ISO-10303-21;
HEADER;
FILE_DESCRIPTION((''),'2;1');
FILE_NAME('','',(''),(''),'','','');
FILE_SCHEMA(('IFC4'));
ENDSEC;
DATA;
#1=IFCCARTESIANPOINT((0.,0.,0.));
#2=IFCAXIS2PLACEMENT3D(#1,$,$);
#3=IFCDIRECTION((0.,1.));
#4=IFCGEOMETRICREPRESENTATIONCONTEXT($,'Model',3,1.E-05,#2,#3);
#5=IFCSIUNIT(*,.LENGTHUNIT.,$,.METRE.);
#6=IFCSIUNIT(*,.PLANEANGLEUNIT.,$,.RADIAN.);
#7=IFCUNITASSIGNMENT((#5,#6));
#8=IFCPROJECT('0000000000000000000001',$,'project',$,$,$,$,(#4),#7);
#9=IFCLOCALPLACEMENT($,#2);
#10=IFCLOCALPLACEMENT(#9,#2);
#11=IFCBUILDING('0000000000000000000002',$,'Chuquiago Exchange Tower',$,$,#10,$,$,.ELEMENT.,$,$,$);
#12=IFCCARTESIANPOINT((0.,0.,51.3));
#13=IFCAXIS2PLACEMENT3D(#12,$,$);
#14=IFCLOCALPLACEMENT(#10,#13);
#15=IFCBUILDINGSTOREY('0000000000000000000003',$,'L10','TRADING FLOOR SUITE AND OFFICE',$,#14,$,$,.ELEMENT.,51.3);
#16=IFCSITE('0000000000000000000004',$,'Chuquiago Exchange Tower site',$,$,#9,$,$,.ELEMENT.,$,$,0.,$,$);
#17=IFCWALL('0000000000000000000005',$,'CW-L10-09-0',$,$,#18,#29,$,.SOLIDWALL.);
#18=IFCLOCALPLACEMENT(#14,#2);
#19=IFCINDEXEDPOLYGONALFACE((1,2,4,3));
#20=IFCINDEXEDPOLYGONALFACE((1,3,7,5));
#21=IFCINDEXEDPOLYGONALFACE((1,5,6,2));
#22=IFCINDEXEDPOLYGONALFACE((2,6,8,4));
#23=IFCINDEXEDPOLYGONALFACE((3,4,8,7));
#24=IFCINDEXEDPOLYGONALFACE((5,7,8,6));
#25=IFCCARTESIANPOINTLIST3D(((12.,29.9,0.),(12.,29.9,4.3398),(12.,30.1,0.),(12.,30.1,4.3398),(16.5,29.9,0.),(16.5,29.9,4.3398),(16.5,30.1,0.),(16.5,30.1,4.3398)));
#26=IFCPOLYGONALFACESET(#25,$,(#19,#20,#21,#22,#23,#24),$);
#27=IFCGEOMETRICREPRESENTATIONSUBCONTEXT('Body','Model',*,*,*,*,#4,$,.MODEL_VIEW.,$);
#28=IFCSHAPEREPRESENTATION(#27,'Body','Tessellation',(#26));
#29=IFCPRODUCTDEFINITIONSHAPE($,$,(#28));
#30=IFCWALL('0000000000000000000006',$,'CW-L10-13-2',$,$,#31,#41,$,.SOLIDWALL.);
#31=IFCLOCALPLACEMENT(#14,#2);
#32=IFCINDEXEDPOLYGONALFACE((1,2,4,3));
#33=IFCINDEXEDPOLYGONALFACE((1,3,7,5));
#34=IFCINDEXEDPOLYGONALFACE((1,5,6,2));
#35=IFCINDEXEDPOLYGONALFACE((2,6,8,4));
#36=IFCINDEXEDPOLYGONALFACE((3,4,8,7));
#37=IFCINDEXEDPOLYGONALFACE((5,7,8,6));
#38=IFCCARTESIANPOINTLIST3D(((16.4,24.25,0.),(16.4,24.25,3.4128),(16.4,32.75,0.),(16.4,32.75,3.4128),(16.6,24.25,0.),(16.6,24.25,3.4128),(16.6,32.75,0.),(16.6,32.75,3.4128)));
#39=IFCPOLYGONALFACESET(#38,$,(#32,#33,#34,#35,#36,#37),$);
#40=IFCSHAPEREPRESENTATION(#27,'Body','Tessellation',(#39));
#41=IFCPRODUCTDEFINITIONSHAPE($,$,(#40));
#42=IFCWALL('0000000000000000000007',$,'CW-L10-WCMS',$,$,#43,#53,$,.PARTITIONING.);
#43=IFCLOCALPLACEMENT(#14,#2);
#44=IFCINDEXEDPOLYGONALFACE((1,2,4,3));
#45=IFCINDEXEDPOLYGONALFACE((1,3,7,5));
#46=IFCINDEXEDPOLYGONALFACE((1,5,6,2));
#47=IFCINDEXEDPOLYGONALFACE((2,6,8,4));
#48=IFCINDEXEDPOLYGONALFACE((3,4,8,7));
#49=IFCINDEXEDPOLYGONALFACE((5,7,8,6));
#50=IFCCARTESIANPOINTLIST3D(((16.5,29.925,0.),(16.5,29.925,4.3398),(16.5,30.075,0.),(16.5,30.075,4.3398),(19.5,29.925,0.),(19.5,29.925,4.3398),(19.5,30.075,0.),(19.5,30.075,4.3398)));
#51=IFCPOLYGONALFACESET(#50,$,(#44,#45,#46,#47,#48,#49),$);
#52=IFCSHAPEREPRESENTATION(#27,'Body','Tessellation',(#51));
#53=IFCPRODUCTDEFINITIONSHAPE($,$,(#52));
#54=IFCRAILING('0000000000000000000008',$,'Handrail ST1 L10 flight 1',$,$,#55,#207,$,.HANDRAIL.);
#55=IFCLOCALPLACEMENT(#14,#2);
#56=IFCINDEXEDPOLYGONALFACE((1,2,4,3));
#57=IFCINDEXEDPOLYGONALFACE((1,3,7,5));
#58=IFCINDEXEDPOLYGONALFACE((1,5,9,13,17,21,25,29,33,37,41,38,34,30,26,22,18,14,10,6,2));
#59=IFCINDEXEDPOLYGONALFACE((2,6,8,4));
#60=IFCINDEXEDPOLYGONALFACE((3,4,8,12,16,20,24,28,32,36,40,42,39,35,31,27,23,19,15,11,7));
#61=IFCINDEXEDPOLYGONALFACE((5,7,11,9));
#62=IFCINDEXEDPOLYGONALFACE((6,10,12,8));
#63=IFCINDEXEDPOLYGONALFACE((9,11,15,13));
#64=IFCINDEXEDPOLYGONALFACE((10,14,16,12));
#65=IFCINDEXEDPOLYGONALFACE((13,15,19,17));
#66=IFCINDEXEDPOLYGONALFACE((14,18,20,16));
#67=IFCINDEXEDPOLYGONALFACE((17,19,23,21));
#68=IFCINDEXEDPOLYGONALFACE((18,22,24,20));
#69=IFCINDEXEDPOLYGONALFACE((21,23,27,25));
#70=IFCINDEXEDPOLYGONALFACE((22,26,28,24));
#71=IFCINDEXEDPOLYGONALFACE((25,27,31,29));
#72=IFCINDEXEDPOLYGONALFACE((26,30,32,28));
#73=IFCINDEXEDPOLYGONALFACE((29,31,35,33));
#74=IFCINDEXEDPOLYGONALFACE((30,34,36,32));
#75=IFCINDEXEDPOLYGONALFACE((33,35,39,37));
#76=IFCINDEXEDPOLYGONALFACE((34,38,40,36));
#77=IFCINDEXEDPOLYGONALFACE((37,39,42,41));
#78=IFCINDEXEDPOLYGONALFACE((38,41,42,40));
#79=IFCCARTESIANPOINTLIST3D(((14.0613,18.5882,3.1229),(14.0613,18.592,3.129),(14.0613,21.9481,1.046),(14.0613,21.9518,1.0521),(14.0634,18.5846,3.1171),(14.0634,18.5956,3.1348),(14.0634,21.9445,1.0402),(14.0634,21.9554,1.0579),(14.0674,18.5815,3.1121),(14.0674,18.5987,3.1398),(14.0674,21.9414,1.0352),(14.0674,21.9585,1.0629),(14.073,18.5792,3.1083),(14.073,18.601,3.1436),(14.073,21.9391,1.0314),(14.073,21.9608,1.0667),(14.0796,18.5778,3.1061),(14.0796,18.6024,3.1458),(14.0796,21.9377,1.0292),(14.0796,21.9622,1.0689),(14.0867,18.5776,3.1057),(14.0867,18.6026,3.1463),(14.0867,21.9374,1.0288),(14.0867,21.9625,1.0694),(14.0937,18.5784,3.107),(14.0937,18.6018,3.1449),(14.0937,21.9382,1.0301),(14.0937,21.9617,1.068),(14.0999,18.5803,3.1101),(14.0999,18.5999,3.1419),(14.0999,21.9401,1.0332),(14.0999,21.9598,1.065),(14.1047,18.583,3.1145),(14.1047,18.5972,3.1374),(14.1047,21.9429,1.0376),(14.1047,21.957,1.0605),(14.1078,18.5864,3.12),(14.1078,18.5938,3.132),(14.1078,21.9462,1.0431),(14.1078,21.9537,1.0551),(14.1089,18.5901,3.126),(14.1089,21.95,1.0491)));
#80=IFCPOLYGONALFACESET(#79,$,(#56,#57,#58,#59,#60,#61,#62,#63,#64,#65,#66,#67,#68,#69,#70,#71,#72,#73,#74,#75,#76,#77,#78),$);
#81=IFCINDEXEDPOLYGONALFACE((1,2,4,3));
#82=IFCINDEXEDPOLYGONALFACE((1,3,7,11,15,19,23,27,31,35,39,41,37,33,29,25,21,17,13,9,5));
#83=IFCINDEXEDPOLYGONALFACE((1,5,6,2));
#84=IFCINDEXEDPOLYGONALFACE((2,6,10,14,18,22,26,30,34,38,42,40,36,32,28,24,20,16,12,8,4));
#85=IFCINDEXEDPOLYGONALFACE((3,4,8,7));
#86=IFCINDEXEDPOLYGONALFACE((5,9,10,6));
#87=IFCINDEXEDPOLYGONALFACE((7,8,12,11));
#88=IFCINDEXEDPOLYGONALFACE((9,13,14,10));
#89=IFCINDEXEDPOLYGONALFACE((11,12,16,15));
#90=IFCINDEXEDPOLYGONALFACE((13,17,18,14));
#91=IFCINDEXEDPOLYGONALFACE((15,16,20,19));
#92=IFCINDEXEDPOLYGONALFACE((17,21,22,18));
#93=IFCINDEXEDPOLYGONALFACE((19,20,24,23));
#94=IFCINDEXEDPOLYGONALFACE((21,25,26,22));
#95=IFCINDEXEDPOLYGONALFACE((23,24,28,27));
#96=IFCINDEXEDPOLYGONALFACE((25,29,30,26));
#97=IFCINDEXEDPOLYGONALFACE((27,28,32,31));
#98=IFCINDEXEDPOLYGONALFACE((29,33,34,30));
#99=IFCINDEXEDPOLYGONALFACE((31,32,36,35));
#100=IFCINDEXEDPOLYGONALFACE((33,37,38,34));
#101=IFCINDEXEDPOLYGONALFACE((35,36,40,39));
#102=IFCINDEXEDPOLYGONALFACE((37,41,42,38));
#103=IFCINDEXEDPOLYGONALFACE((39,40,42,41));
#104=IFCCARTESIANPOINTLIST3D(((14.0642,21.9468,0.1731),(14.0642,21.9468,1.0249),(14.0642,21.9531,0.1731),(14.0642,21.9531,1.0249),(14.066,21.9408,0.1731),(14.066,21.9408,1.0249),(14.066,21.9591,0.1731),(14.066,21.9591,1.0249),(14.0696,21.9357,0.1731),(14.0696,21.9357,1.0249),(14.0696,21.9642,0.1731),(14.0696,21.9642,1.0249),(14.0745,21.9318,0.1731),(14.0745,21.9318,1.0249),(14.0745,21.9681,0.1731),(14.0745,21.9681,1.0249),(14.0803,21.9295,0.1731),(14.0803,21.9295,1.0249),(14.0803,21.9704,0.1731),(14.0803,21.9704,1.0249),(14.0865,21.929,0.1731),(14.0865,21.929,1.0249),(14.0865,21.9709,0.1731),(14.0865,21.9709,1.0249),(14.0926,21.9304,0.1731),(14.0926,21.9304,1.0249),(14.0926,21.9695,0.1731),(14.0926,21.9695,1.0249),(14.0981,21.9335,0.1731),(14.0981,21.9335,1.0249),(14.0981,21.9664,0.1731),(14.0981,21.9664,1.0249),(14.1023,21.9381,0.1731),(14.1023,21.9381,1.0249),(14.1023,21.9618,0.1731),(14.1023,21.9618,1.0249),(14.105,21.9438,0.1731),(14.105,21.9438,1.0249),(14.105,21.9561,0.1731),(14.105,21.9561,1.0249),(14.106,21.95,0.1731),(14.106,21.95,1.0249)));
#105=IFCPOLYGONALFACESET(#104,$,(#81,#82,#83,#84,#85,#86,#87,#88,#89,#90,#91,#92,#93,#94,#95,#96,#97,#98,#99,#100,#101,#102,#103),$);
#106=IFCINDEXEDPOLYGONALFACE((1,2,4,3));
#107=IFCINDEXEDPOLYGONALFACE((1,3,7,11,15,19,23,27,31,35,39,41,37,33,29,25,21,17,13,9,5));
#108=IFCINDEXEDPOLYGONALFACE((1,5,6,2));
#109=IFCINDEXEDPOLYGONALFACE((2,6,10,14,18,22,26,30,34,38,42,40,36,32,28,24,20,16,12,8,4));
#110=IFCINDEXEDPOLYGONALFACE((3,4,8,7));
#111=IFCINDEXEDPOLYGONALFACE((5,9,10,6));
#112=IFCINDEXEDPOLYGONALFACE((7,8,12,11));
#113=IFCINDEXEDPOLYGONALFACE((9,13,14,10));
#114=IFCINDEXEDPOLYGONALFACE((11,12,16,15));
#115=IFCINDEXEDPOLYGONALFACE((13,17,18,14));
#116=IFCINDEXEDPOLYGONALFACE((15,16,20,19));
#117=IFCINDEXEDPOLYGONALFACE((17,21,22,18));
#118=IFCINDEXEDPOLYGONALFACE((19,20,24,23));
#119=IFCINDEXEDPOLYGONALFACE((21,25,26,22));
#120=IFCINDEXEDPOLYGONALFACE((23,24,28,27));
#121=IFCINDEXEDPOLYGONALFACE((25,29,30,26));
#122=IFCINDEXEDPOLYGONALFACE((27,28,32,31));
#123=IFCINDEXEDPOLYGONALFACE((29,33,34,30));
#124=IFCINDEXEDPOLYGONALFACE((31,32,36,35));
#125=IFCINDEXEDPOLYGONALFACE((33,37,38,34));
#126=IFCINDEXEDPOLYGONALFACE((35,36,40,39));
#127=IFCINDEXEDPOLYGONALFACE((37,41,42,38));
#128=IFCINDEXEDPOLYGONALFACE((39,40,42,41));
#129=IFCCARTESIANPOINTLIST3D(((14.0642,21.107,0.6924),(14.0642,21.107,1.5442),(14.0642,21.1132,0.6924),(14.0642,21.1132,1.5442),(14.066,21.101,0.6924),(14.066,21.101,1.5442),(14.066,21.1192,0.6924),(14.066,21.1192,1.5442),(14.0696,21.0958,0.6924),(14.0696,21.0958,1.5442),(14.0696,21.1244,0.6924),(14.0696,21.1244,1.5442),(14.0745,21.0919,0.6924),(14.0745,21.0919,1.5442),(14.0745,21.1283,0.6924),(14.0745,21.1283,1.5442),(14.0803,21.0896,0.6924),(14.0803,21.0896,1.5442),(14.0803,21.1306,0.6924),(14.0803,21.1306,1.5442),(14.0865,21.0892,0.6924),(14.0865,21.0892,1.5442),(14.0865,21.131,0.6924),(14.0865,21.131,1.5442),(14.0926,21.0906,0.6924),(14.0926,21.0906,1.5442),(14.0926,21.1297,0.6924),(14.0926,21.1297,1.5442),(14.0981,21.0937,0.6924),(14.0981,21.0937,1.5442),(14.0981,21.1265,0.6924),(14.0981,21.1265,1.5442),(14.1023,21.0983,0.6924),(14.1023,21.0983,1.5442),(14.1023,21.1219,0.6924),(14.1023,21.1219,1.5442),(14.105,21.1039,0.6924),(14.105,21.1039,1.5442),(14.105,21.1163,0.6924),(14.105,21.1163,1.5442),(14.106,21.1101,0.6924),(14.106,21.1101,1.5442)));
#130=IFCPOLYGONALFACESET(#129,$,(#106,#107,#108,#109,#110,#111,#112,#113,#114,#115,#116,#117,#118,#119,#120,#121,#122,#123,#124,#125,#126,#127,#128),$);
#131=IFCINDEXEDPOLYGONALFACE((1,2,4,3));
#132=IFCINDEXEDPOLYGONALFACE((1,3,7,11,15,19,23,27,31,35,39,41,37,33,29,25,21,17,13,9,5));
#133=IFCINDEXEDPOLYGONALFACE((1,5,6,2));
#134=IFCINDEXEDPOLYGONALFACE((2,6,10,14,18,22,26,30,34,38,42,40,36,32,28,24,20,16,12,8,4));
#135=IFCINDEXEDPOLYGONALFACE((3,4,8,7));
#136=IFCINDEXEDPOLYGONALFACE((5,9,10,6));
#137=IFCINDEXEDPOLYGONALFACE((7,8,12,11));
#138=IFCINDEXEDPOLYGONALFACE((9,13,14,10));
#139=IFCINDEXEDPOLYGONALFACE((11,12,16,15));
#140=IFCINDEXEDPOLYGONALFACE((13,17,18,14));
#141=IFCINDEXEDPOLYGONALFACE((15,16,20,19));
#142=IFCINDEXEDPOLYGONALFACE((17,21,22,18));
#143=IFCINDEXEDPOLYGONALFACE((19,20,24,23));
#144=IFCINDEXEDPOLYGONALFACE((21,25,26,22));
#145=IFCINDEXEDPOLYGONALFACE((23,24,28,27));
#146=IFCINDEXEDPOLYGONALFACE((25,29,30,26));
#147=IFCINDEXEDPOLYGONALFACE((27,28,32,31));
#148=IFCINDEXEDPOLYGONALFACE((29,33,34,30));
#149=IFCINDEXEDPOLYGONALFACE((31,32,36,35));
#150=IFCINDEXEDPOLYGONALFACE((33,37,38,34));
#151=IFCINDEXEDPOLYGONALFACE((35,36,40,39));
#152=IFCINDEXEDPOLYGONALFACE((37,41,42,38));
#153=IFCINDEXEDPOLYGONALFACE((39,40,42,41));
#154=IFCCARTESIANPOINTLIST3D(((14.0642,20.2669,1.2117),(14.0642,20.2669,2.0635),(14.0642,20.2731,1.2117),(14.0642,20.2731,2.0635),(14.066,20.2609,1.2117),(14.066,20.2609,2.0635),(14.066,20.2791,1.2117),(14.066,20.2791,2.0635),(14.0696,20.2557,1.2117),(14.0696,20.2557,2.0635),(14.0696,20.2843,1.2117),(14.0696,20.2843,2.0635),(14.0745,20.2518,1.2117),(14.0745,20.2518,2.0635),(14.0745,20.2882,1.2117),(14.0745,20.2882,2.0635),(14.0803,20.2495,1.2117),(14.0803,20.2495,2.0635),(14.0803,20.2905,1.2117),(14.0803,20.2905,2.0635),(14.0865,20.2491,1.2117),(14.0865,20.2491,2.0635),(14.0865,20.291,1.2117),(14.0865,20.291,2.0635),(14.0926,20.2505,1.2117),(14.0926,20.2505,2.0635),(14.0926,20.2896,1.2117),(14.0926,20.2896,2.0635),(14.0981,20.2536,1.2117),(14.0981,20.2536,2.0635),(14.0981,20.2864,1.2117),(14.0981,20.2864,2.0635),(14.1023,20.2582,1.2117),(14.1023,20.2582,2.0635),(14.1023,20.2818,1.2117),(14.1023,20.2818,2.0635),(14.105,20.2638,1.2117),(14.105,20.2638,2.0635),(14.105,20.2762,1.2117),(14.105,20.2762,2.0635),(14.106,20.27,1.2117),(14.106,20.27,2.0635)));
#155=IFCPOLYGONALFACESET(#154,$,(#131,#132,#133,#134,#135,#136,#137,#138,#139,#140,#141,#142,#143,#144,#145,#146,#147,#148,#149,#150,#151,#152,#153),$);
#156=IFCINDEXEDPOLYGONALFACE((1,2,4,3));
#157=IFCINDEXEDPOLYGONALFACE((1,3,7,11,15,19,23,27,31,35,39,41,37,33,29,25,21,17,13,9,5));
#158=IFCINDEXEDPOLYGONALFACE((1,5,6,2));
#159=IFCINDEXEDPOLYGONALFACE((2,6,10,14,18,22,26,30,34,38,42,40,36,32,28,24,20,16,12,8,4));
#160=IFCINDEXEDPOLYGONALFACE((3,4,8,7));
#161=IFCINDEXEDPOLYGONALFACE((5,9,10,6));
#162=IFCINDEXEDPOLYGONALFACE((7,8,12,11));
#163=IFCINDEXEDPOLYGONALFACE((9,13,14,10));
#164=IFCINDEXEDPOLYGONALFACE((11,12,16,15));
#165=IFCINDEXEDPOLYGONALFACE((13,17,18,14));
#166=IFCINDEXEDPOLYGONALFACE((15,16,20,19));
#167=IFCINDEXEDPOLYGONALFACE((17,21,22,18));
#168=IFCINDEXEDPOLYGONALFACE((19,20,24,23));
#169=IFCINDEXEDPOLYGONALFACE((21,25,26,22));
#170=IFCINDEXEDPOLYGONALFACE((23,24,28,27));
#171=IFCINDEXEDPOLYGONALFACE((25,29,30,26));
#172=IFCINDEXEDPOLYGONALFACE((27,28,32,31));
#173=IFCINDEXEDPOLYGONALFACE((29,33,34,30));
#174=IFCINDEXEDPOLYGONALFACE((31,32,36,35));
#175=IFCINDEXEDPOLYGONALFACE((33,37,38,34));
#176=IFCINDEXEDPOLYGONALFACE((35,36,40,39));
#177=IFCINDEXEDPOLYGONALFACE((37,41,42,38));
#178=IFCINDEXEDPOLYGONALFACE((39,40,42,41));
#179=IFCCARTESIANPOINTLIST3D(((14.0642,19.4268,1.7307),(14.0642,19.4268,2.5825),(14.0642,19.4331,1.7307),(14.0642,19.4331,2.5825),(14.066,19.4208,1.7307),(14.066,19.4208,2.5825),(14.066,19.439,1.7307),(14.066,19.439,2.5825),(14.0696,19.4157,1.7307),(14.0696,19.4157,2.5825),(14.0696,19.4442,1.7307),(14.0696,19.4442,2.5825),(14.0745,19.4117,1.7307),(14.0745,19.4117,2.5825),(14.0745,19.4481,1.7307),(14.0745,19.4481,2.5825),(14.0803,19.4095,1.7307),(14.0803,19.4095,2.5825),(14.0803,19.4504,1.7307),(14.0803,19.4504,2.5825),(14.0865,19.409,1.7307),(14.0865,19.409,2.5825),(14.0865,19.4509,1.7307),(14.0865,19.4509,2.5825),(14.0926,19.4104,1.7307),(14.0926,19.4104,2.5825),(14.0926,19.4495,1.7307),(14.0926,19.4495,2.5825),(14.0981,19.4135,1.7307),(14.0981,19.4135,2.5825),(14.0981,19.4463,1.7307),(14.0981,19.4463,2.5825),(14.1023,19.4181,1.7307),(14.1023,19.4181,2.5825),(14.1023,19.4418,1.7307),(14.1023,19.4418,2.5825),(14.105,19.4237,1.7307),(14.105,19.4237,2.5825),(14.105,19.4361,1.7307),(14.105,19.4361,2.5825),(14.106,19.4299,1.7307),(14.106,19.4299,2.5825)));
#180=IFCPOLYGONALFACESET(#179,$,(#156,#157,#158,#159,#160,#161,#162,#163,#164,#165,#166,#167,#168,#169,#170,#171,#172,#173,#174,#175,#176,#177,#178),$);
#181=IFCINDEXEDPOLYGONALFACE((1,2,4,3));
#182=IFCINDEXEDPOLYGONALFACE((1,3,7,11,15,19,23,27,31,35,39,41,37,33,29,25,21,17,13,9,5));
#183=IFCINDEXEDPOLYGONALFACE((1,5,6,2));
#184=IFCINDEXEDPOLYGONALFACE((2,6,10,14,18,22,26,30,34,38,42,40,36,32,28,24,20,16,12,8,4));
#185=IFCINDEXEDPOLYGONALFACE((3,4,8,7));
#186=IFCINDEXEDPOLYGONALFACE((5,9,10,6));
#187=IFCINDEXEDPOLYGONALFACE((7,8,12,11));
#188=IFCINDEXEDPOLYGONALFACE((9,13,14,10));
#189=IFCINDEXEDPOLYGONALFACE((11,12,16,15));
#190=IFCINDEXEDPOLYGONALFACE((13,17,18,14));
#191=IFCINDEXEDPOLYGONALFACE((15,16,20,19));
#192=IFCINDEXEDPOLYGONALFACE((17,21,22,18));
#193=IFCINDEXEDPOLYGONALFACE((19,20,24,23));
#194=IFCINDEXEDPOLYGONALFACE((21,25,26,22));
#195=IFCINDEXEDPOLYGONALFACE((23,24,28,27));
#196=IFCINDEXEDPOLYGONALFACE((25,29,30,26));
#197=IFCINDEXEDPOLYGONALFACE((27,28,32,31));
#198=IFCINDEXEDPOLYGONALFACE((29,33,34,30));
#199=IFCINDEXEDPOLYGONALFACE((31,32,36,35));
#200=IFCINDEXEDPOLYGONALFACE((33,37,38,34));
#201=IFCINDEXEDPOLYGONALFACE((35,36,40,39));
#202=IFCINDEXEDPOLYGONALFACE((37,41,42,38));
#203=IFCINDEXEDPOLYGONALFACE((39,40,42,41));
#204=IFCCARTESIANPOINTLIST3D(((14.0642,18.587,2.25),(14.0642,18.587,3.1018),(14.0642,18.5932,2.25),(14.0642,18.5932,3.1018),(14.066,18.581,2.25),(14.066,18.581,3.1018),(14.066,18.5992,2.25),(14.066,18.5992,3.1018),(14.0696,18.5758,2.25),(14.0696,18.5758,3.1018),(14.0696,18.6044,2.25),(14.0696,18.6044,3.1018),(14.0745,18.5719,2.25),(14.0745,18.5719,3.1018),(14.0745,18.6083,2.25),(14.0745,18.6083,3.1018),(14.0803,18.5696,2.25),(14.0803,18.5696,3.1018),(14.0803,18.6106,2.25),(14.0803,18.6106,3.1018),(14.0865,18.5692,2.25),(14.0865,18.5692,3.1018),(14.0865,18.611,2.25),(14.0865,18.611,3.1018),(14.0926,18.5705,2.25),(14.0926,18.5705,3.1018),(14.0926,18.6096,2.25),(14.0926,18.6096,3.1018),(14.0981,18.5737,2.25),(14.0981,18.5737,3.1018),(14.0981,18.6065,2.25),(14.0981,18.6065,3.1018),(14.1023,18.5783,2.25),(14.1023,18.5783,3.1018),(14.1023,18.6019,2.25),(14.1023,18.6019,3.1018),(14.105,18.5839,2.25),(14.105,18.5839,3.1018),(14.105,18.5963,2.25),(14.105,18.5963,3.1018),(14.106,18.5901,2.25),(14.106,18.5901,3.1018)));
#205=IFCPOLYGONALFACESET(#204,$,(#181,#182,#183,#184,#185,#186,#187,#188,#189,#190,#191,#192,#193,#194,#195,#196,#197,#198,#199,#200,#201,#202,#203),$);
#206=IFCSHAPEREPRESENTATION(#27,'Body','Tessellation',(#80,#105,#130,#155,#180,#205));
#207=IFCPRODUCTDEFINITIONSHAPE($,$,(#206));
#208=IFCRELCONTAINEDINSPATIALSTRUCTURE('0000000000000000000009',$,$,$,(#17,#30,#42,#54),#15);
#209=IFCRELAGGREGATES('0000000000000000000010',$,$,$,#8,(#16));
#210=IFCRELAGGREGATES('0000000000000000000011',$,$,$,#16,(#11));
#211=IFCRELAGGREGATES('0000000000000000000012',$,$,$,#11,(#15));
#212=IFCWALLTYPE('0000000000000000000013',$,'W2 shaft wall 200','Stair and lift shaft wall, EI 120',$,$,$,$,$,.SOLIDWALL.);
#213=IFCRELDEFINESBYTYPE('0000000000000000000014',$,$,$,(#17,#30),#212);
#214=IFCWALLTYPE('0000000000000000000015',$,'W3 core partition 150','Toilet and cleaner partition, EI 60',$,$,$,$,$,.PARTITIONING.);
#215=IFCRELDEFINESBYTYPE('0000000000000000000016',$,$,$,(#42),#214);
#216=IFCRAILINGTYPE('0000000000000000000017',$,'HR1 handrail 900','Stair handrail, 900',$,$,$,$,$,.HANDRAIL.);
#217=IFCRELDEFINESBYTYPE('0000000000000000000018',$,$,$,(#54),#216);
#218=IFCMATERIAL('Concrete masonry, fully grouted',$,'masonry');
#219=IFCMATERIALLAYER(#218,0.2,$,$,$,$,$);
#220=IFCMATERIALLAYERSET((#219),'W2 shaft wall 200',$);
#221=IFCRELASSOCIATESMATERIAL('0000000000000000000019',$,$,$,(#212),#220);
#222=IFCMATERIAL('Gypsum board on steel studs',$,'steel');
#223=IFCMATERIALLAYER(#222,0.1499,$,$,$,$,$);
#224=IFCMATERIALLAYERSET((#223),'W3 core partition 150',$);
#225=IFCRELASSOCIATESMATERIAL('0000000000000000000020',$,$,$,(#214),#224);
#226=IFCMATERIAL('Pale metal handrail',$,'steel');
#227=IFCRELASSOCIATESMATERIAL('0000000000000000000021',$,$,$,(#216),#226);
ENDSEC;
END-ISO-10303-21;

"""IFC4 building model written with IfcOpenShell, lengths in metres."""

from ifc_helpers import new_model, si_unit, direction, frame, frame_2d, origin, origin_2d, place, context, subcontext, project, spatial, rectangle, circle, extrude, material, layer, layer_set, type_object, element, save


model = new_model("IFC4")

# Units and contexts
model_context = context("Model", 3, precision=1e-05, world=origin(), true_north=direction((0.0, 1.0)))
body_context = subcontext(model_context, "Body", "Model", "MODEL_VIEW")
ifc_project = project(units=[si_unit("LENGTHUNIT", "METRE"), si_unit("PLANEANGLEUNIT", "RADIAN")], contexts=[model_context])

# Site, building, storey
site_placement = place(None, origin())
site = spatial("IfcSite", under=ifc_project, at=site_placement, Name="Chuquiago Exchange Tower site", CompositionType="ELEMENT", RefElevation=0.0)
building_placement = place(site_placement, origin())
building = spatial("IfcBuilding", under=site, at=building_placement, Name="Chuquiago Exchange Tower", CompositionType="ELEMENT")
storey_placement = place(building_placement, frame((0.0, 0.0, 51.3)))
storey = spatial("IfcBuildingStorey", under=building, at=storey_placement, Name="L10", Description="TRADING FLOOR SUITE AND OFFICE", CompositionType="ELEMENT", Elevation=51.3)

# Shared definitions
ifc_material_1 = material(Name="Concrete masonry, fully grouted", Category="masonry")
ifc_layer_1 = layer(ifc_material_1, 0.2)
ifc_layer_set_1 = layer_set([ifc_layer_1], Name="W2 shaft wall 200")
wall_type_1 = type_object("IfcWallType", Name="W2 shaft wall 200", Description="Stair and lift shaft wall, EI 120", PredefinedType="SOLIDWALL", material=ifc_layer_set_1)

# Walls
wall_1_placement = place(storey_placement, frame((12.0, 30.0, 0.0), z_axis=(0.0, 0.0, 1.0), x_axis=(1.0, 0.0, 0.0)))
element("IfcWall", 1, at=wall_1_placement, inside=storey, type_object=wall_type_1, Name="CW-L10-09-0", PredefinedType="SOLIDWALL", context=body_context, shape_type="SweptSolid", body=[
    extrude(rectangle(XDim=4.5, YDim=0.2, at=frame_2d((2.25, 0.0))), origin(), (0.0, 0.0, 1.0), 4.3398),
])
wall_2_placement = place(storey_placement, frame((16.5, 24.25, 0.0), z_axis=(0.0, 0.0, 1.0), x_axis=(0.0, 1.0, 0.0)))
element("IfcWall", 2, at=wall_2_placement, inside=storey, type_object=wall_type_1, Name="CW-L10-13-2", PredefinedType="SOLIDWALL", context=body_context, shape_type="SweptSolid", body=[
    extrude(rectangle(XDim=8.5, YDim=0.2, at=frame_2d((4.25, 0.0))), origin(), (0.0, 0.0, 1.0), 3.4128),
])
ifc_material_2 = material(Name="Gypsum board on steel studs", Category="steel")
ifc_layer_2 = layer(ifc_material_2, 0.1499)
ifc_layer_set_2 = layer_set([ifc_layer_2], Name="W3 core partition 150")
wall_type_2 = type_object("IfcWallType", Name="W3 core partition 150", Description="Toilet and cleaner partition, EI 60", PredefinedType="PARTITIONING", material=ifc_layer_set_2)
wall_3_placement = place(storey_placement, frame((16.5, 30.0, 0.0), z_axis=(0.0, 0.0, 1.0), x_axis=(1.0, 0.0, 0.0)))
element("IfcWall", 3, at=wall_3_placement, inside=storey, type_object=wall_type_2, Name="CW-L10-WCMS", PredefinedType="PARTITIONING", context=body_context, shape_type="SweptSolid", body=[
    extrude(rectangle(XDim=3.0, YDim=0.1499, at=frame_2d((1.5, 0.0))), origin(), (0.0, 0.0, 1.0), 4.3398),
])

# Railing
ifc_material_3 = material(Name="Pale metal handrail", Category="steel")
railing_type = type_object("IfcRailingType", Name="HR1 handrail 900", Description="Stair handrail, 900", PredefinedType="HANDRAIL", material=ifc_material_3)
railing_placement = place(storey_placement, frame((14.085, 21.95, 0.1731)))
element("IfcRailing", 4, at=railing_placement, inside=storey, type_object=railing_type, Name="Handrail ST1 L10 flight 1", PredefinedType="HANDRAIL", context=body_context, shape_type="SweptSolid", body=[
    extrude(circle(Radius=0.0239, at=origin_2d()), frame((0.0, 0.0, 0.876), z_axis=(0.0, -0.850606, 0.525803), x_axis=(1.0, 0.0, 0.0)), (0.0, 0.0, 1.0), 3.95),
    extrude(circle(Radius=0.021, at=origin_2d()), origin(), (0.0, 0.0, 1.0), 0.8518),
    extrude(circle(Radius=0.021, at=origin_2d()), frame((0.0, -0.8398, 0.5193)), (0.0, 0.0, 1.0), 0.8518),
    extrude(circle(Radius=0.021, at=origin_2d()), frame((0.0, -1.6799, 1.0386)), (0.0, 0.0, 1.0), 0.8518),
    extrude(circle(Radius=0.021, at=origin_2d()), frame((0.0, -2.52, 1.5576)), (0.0, 0.0, 1.0), 0.8518),
    extrude(circle(Radius=0.021, at=origin_2d()), frame((0.0, -3.3599, 2.0769)), (0.0, 0.0, 1.0), 0.8518),
])

save(model, "model.ifc")
